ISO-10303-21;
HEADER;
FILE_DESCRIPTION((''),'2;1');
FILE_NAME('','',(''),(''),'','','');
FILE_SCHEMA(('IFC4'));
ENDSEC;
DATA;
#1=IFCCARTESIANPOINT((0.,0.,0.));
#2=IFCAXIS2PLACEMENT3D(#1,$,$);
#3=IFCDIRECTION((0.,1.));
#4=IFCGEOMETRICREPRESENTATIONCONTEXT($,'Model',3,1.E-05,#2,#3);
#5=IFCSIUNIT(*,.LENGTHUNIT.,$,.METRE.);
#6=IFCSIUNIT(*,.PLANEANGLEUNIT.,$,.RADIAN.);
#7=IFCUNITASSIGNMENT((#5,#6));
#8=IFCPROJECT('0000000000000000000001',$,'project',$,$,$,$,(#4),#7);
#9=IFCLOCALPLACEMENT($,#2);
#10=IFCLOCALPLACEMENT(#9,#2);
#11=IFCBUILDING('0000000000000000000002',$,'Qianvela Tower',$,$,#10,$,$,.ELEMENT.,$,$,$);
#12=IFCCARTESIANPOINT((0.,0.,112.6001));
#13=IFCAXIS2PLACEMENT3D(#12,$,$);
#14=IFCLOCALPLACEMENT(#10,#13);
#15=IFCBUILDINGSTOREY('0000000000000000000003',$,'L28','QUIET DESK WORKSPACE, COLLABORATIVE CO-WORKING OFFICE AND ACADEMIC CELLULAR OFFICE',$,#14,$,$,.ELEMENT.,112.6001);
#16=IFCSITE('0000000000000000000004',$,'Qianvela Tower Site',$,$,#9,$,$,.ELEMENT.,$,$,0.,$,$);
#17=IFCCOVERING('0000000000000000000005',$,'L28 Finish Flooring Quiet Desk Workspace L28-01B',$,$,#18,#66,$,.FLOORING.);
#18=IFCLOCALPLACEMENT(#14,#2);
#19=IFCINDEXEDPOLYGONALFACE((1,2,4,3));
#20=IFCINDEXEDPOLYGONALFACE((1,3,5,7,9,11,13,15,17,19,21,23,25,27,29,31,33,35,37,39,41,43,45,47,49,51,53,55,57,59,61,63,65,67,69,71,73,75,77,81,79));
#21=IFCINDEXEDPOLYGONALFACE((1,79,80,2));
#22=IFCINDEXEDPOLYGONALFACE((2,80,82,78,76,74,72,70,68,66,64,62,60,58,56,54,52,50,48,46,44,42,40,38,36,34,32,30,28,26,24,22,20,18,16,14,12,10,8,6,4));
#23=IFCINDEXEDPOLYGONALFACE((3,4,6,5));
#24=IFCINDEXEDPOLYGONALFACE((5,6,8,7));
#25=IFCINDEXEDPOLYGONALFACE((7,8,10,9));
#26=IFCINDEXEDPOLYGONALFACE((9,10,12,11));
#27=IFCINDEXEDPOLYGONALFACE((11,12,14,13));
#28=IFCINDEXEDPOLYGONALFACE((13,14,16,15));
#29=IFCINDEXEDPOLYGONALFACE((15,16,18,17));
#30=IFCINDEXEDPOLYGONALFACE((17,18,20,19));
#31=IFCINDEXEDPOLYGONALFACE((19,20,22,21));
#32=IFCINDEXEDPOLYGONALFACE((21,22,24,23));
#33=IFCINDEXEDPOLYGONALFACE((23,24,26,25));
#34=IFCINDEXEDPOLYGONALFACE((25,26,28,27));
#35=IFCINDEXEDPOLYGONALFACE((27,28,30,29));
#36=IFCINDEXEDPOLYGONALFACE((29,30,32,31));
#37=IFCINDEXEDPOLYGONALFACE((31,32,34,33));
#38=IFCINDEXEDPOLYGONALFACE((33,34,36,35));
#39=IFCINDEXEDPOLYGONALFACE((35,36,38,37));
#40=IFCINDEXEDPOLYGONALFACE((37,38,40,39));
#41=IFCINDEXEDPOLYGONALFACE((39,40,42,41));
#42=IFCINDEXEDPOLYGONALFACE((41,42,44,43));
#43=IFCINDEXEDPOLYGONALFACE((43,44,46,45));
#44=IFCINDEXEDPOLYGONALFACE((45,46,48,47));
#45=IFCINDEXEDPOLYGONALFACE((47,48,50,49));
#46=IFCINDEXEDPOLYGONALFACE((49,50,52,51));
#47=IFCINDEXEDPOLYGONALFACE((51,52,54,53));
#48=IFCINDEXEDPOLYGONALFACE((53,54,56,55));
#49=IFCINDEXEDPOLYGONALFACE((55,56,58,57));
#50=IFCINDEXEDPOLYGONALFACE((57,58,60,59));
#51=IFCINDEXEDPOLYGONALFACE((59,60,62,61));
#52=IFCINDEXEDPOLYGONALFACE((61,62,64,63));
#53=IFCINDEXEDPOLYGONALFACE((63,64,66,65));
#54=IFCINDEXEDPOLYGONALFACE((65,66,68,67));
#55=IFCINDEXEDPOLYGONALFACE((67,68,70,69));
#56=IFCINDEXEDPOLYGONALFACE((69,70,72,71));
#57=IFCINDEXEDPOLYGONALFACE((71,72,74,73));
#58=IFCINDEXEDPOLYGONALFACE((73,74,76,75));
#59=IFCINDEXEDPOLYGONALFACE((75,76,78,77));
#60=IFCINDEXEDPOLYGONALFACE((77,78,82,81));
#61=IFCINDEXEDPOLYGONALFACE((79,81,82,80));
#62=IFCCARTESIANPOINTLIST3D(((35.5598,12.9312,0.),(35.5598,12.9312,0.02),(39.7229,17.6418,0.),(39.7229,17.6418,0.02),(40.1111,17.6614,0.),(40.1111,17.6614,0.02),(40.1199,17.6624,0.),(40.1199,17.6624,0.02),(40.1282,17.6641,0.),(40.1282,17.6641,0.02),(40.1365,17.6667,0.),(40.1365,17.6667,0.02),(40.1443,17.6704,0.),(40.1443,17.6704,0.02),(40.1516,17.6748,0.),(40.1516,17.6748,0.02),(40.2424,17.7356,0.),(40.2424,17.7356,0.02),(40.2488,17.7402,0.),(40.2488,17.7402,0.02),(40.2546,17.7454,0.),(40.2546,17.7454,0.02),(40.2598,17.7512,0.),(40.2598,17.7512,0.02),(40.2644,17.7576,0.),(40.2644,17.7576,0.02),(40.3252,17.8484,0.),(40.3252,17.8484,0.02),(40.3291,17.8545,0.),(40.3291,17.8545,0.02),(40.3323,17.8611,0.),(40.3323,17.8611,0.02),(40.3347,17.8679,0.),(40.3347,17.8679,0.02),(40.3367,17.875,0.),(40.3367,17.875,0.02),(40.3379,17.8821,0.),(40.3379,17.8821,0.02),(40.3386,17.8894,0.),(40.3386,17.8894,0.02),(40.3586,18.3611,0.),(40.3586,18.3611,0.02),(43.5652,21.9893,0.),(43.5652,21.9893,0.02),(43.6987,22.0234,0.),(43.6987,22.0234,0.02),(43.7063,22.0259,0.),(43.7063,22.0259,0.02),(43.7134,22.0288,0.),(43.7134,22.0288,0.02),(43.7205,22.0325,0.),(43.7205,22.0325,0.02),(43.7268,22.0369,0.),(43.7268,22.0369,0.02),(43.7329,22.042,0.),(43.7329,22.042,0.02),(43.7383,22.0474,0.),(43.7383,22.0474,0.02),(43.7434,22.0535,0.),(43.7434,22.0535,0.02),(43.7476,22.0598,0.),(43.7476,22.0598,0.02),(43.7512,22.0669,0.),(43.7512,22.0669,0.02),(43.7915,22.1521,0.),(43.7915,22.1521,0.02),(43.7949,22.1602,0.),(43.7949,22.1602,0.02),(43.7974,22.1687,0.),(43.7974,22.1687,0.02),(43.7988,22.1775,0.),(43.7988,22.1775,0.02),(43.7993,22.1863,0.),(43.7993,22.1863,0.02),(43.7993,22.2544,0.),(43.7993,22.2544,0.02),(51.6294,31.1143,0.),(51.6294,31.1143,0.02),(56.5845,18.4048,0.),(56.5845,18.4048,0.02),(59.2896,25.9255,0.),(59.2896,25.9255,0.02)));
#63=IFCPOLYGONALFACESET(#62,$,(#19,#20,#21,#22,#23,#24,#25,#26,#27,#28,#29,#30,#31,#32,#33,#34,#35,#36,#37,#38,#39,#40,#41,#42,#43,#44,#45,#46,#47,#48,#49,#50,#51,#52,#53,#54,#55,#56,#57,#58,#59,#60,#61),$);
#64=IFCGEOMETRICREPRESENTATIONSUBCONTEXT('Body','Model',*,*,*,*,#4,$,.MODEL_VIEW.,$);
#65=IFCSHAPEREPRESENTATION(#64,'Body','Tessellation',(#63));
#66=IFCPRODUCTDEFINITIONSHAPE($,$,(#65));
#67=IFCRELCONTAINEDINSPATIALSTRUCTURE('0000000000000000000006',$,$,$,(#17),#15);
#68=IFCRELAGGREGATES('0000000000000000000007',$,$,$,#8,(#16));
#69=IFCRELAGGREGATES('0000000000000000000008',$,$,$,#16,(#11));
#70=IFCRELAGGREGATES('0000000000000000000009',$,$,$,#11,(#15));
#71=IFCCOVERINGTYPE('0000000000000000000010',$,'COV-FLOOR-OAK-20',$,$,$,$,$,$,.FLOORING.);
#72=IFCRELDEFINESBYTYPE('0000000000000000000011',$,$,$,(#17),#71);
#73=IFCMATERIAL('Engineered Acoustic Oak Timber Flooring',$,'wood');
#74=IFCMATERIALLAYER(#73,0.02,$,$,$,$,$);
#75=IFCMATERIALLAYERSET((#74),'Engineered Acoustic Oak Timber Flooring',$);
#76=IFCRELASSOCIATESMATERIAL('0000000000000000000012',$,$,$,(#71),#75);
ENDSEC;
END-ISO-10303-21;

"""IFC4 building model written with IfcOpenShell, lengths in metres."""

from ifc_helpers import new_model, si_unit, direction, frame, origin, place, context, subcontext, project, spatial, polyline, outline, extrude, material, layer, layer_set, type_object, element, save


model = new_model("IFC4")

# Units and contexts
model_context = context("Model", 3, precision=1e-05, world=origin(), true_north=direction((0.0, 1.0)))
body_context = subcontext(model_context, "Body", "Model", "MODEL_VIEW")
ifc_project = project(units=[si_unit("LENGTHUNIT", "METRE"), si_unit("PLANEANGLEUNIT", "RADIAN")], contexts=[model_context])

# Site, building, storey
site_placement = place(None, origin())
site = spatial("IfcSite", under=ifc_project, at=site_placement, Name="Qianvela Tower Site", CompositionType="ELEMENT", RefElevation=0.0)
building_placement = place(site_placement, origin())
building = spatial("IfcBuilding", under=site, at=building_placement, Name="Qianvela Tower", CompositionType="ELEMENT")
storey_placement = place(building_placement, frame((0.0, 0.0, 112.6001)))
storey = spatial("IfcBuildingStorey", under=building, at=storey_placement, Name="L28", Description="QUIET DESK WORKSPACE, COLLABORATIVE CO-WORKING OFFICE AND ACADEMIC CELLULAR OFFICE", CompositionType="ELEMENT", Elevation=112.6001)

# Covering
ifc_material_1 = material(Name="Engineered Acoustic Oak Timber Flooring", Category="wood")
ifc_layer_1 = layer(ifc_material_1, 0.02)
ifc_layer_set_1 = layer_set([ifc_layer_1], Name="Engineered Acoustic Oak Timber Flooring")
covering_type_1 = type_object("IfcCoveringType", Name="COV-FLOOR-OAK-20", PredefinedType="FLOORING", material=ifc_layer_set_1)
covering_1_placement = place(storey_placement, origin())
element("IfcCovering", 1, at=covering_1_placement, inside=storey, type_object=covering_type_1, Name="L28 Finish Flooring Quiet Desk Workspace L28-01B", PredefinedType="FLOORING", context=body_context, shape_type="SweptSolid", body=[
    extrude(outline(polyline([(40.1111, 17.6614), (40.1199, 17.6624), (40.1282, 17.6641), (40.1365, 17.6667), (40.1443, 17.6704), (40.1516, 17.6748), (40.2424, 17.7356), (40.2488, 17.7402), (40.2546, 17.7454), (40.2598, 17.7512), (40.2644, 17.7576), (40.3252, 17.8484), (40.3291, 17.8545), (40.3323, 17.8611), (40.3347, 17.8679), (40.3367, 17.875), (40.3379, 17.8821), (40.3386, 17.8894), (40.3586, 18.3611), (43.5652, 21.9893), (43.6987, 22.0234), (43.7063, 22.0259), (43.7134, 22.0288), (43.7205, 22.0325), (43.7268, 22.0369), (43.7329, 22.042), (43.7383, 22.0474), (43.7434, 22.0535), (43.7476, 22.0598), (43.7512, 22.0669), (43.7915, 22.1521), (43.7949, 22.1602), (43.7974, 22.1687), (43.7988, 22.1775), (43.7993, 22.1863), (43.7993, 22.2544), (51.6294, 31.1143), (59.2896, 25.9255), (56.5845, 18.4048), (35.5598, 12.9312), (39.7229, 17.6418), (40.1111, 17.6614)])), origin(), (0.0, 0.0, 1.0), 0.02),
])

save(model, "model.ifc")
